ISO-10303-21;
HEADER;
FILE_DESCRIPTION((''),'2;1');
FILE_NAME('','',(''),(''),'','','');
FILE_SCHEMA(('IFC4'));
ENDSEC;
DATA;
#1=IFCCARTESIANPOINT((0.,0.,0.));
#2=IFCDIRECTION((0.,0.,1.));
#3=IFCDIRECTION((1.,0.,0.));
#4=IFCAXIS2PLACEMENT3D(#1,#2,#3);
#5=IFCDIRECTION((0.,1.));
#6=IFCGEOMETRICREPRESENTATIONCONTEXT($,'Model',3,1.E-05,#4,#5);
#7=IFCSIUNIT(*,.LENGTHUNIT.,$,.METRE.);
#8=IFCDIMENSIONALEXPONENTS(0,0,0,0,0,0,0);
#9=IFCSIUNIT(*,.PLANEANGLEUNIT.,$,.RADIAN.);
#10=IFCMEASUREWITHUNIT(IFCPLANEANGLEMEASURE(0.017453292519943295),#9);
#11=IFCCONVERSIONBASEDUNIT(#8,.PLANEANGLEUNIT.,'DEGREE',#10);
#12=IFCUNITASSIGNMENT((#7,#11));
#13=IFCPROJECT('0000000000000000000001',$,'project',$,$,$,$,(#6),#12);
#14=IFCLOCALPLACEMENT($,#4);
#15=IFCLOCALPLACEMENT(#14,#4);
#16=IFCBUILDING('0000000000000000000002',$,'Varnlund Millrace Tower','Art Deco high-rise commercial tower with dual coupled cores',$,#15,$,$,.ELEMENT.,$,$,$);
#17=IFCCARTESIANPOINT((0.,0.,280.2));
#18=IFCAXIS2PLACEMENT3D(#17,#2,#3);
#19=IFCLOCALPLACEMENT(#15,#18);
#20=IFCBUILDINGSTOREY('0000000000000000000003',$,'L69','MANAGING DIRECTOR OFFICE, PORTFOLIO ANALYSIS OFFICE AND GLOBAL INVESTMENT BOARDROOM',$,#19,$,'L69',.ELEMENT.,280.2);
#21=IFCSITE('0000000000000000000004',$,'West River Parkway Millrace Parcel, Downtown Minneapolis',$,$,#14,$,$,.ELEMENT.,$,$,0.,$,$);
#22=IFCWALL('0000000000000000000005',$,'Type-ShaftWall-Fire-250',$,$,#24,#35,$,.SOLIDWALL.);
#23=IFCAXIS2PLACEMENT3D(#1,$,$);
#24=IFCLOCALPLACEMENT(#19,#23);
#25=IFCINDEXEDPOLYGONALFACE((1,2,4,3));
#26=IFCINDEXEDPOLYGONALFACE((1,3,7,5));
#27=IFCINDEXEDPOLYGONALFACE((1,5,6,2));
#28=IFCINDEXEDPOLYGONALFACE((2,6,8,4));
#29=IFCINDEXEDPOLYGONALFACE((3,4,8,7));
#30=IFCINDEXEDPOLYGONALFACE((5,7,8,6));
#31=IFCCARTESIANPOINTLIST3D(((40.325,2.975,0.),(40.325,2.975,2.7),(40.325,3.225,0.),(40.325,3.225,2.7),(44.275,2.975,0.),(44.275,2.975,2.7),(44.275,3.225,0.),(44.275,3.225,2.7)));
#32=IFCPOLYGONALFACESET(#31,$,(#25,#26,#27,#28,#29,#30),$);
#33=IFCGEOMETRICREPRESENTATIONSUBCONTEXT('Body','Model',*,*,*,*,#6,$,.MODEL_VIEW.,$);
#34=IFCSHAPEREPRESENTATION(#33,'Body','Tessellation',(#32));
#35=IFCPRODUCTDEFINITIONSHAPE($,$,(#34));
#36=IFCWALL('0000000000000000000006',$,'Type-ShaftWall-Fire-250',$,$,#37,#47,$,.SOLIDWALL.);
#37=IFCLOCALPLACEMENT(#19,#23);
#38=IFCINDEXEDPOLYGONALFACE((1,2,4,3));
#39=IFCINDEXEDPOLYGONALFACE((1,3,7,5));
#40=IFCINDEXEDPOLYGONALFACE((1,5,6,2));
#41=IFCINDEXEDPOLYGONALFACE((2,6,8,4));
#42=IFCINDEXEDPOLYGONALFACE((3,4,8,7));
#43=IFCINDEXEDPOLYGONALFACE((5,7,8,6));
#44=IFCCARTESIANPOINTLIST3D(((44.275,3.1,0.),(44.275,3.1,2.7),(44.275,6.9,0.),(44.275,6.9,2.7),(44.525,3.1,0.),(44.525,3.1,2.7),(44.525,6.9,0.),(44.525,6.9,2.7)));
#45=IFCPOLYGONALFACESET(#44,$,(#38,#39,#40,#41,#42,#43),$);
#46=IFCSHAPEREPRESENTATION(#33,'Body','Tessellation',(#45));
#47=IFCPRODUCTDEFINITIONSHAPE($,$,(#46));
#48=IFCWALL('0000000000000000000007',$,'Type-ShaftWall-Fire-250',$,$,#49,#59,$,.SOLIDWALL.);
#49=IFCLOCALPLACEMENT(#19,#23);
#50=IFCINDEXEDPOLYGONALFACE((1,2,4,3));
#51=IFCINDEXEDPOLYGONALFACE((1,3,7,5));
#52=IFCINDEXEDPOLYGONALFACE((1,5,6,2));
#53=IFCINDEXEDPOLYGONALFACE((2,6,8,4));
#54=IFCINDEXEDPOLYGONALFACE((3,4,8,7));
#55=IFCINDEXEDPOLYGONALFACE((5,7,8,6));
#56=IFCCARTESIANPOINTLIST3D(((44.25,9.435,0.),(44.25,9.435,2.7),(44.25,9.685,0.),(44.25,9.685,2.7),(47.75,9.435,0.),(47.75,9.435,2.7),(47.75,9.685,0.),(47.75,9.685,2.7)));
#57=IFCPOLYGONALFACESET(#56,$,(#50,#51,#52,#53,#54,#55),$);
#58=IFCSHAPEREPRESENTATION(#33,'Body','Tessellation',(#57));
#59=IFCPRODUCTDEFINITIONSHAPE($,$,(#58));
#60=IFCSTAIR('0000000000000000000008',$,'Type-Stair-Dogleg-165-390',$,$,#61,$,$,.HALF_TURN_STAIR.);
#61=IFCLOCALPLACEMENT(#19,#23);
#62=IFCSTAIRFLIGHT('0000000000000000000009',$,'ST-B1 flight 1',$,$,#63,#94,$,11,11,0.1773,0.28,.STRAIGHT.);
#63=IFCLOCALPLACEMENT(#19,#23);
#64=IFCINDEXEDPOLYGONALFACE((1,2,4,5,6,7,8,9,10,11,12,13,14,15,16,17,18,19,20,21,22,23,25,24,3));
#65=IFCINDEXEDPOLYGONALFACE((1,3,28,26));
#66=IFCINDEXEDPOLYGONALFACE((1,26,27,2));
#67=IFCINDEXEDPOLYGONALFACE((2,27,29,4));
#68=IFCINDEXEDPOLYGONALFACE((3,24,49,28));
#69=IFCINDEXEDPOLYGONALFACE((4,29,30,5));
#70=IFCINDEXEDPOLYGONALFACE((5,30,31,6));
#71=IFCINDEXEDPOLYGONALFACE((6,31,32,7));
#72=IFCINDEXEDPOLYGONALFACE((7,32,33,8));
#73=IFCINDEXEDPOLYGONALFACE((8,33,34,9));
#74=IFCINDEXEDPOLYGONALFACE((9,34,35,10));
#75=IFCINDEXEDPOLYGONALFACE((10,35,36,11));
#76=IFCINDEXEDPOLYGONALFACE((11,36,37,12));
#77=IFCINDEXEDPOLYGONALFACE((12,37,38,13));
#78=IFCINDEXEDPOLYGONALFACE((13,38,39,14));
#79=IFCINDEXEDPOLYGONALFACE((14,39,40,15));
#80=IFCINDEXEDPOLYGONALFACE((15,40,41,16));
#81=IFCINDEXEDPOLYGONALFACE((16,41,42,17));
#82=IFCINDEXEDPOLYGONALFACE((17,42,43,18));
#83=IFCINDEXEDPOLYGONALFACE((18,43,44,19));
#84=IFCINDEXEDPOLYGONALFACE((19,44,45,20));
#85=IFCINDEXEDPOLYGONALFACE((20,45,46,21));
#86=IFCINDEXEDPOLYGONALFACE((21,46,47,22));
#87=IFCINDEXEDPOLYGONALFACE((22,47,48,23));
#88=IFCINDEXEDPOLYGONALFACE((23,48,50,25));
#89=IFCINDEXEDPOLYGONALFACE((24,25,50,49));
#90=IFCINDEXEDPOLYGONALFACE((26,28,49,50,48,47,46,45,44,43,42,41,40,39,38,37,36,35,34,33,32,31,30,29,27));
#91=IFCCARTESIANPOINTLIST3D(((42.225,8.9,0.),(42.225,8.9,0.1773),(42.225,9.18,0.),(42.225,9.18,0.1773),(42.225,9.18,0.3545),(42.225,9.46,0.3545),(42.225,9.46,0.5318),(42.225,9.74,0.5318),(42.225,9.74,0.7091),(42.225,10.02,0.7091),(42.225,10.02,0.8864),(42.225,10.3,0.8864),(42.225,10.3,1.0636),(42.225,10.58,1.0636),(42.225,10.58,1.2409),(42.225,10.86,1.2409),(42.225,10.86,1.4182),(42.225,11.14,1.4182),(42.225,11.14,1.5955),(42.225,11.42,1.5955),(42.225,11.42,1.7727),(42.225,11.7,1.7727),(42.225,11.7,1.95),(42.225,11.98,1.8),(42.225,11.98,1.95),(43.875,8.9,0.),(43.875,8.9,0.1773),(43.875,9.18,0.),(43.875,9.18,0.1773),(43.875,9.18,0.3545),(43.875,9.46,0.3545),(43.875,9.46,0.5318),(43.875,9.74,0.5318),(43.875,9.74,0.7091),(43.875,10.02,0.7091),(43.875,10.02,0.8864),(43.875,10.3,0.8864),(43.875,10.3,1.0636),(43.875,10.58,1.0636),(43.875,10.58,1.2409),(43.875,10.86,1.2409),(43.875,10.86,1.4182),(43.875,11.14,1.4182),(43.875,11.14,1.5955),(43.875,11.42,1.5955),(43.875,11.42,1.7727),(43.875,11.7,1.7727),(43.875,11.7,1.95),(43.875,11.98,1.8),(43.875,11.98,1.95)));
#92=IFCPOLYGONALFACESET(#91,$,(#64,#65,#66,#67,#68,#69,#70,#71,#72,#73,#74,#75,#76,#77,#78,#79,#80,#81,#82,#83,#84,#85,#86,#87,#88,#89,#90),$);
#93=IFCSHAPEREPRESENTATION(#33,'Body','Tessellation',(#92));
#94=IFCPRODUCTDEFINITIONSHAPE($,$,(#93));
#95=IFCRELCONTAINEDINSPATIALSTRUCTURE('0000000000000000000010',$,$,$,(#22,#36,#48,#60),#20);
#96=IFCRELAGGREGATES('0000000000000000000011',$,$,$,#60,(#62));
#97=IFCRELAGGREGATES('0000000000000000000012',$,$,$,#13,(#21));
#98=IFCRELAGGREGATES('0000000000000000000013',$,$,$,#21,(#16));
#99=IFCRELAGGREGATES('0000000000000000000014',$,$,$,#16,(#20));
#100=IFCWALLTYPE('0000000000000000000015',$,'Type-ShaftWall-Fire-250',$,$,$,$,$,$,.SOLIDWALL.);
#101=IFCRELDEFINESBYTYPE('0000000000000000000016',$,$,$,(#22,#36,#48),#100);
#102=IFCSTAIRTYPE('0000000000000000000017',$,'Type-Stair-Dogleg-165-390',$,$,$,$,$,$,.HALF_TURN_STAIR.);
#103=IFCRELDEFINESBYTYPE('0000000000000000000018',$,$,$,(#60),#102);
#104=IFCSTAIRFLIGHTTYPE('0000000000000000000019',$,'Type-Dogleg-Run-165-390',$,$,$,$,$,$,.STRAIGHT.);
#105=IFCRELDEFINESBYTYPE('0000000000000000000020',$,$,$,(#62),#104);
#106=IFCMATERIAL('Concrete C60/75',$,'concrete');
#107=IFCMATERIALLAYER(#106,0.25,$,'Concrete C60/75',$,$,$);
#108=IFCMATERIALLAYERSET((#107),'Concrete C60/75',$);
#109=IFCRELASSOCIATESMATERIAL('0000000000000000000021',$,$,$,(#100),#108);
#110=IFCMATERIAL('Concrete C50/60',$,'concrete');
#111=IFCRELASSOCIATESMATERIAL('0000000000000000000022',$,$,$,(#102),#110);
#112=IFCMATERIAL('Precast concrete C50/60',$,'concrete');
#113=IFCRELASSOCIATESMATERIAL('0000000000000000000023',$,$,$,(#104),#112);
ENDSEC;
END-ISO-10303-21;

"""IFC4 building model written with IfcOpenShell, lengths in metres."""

from ifc_helpers import new_model, entity, si_unit, converted_unit, direction, frame, origin_with_axes, place, context, subcontext, project, spatial, polyline, outline, extrude, material, layer, layer_set, type_object, element, aggregate, save


model = new_model("IFC4")

# Units and contexts
model_context = context("Model", 3, precision=1e-05, world=origin_with_axes(), true_north=direction((0.0, 1.0)))
body_context = subcontext(model_context, "Body", "Model", "MODEL_VIEW")
ifc_project = project(units=[si_unit("LENGTHUNIT", "METRE"), converted_unit("PLANEANGLEUNIT", "DEGREE", entity("IfcPlaneAngleMeasure", 0.017453292519943295), si_unit("PLANEANGLEUNIT", "RADIAN"), dimensions=[0, 0, 0, 0, 0, 0, 0])], contexts=[model_context])

# Site, building, storey
site_placement = place(None, origin_with_axes())
site = spatial("IfcSite", under=ifc_project, at=site_placement, Name="West River Parkway Millrace Parcel, Downtown Minneapolis", CompositionType="ELEMENT", RefElevation=0.0)
building_placement = place(site_placement, origin_with_axes())
building = spatial("IfcBuilding", under=site, at=building_placement, Name="Varnlund Millrace Tower", Description="Art Deco high-rise commercial tower with dual coupled cores", CompositionType="ELEMENT")
storey_placement = place(building_placement, frame((0.0, 0.0, 280.2), z_axis=(0.0, 0.0, 1.0), x_axis=(1.0, 0.0, 0.0)))
storey = spatial("IfcBuildingStorey", under=building, at=storey_placement, Name="L69", Description="MANAGING DIRECTOR OFFICE, PORTFOLIO ANALYSIS OFFICE AND GLOBAL INVESTMENT BOARDROOM", LongName="L69", CompositionType="ELEMENT", Elevation=280.2)

# Shared definitions
ifc_material_1 = material(Name="Concrete C60/75", Category="concrete")

# Shared definitions
ifc_layer = layer(ifc_material_1, 0.25, Name="Concrete C60/75")
ifc_layer_set = layer_set([ifc_layer], Name="Concrete C60/75")
wall_type = type_object("IfcWallType", Name="Type-ShaftWall-Fire-250", PredefinedType="SOLIDWALL", material=ifc_layer_set)

# Walls
wall_1_placement = place(storey_placement, frame((40.325, 3.1, 0.0), z_axis=(0.0, 0.0, 1.0), x_axis=(1.0, 0.0, 0.0)))
element("IfcWall", 1, at=wall_1_placement, inside=storey, type_object=wall_type, Name="Type-ShaftWall-Fire-250", PredefinedType="SOLIDWALL", context=body_context, shape_type="SweptSolid", body=[
    extrude(outline(polyline([(0.0, -0.125), (3.95, -0.125), (3.95, 0.125), (0.0, 0.125), (0.0, -0.125)])), origin_with_axes(), (0.0, 0.0, 1.0), 2.7),
])
wall_2_placement = place(storey_placement, frame((44.4, 3.1, 0.0), z_axis=(0.0, 0.0, 1.0), x_axis=(0.0, 1.0, 0.0)))
element("IfcWall", 2, at=wall_2_placement, inside=storey, type_object=wall_type, Name="Type-ShaftWall-Fire-250", PredefinedType="SOLIDWALL", context=body_context, shape_type="SweptSolid", body=[
    extrude(outline(polyline([(0.0, -0.125), (3.8, -0.125), (3.8, 0.125), (0.0, 0.125), (0.0, -0.125)])), origin_with_axes(), (0.0, 0.0, 1.0), 2.7),
])
wall_3_placement = place(storey_placement, frame((44.25, 9.56, 0.0), z_axis=(0.0, 0.0, 1.0), x_axis=(1.0, 0.0, 0.0)))
element("IfcWall", 3, at=wall_3_placement, inside=storey, type_object=wall_type, Name="Type-ShaftWall-Fire-250", PredefinedType="SOLIDWALL", context=body_context, shape_type="SweptSolid", body=[
    extrude(outline(polyline([(0.0, -0.125), (3.5, -0.125), (3.5, 0.125), (0.0, 0.125), (0.0, -0.125)])), origin_with_axes(), (0.0, 0.0, 1.0), 2.7),
])

# Stair, stair flight
ifc_material_2 = material(Name="Concrete C50/60", Category="concrete")
stair_type = type_object("IfcStairType", Name="Type-Stair-Dogleg-165-390", PredefinedType="HALF_TURN_STAIR", material=ifc_material_2)
stair_placement = place(storey_placement, origin_with_axes())
stair = element("IfcStair", 4, at=stair_placement, inside=storey, type_object=stair_type, Name="Type-Stair-Dogleg-165-390", PredefinedType="HALF_TURN_STAIR")
ifc_material_3 = material(Name="Precast concrete C50/60", Category="concrete")
stair_flight_type = type_object("IfcStairFlightType", Name="Type-Dogleg-Run-165-390", PredefinedType="STRAIGHT", material=ifc_material_3)
stair_flight_placement = place(storey_placement, frame((42.225, 8.9, 0.0), z_axis=(1.0, 0.0, 0.0), x_axis=(0.0, 1.0, 0.0)))
stair_flight = element("IfcStairFlight", 5, at=stair_flight_placement, type_object=stair_flight_type, Name="ST-B1 flight 1", NumberOfRisers=11, NumberOfTreads=11, PredefinedType="STRAIGHT", RiserHeight=0.1773, TreadLength=0.28, context=body_context, shape_type="SweptSolid", body=[
    extrude(outline(polyline([(0.0, 0.0), (0.0, 0.1773), (0.28, 0.1773), (0.28, 0.3545), (0.56, 0.3545), (0.56, 0.5318), (0.84, 0.5318), (0.84, 0.7091), (1.12, 0.7091), (1.12, 0.8864), (1.4, 0.8864), (1.4, 1.0636), (1.68, 1.0636), (1.68, 1.2409), (1.96, 1.2409), (1.96, 1.4182), (2.24, 1.4182), (2.24, 1.5955), (2.52, 1.5955), (2.52, 1.7727), (2.8, 1.7727), (2.8, 1.95), (3.08, 1.95), (3.08, 1.8), (0.28, 0.0), (0.0, 0.0)])), origin_with_axes(), (0.0, 0.0, 1.0), 1.65),
])
aggregate(stair, [stair_flight])

save(model, "model.ifc")
